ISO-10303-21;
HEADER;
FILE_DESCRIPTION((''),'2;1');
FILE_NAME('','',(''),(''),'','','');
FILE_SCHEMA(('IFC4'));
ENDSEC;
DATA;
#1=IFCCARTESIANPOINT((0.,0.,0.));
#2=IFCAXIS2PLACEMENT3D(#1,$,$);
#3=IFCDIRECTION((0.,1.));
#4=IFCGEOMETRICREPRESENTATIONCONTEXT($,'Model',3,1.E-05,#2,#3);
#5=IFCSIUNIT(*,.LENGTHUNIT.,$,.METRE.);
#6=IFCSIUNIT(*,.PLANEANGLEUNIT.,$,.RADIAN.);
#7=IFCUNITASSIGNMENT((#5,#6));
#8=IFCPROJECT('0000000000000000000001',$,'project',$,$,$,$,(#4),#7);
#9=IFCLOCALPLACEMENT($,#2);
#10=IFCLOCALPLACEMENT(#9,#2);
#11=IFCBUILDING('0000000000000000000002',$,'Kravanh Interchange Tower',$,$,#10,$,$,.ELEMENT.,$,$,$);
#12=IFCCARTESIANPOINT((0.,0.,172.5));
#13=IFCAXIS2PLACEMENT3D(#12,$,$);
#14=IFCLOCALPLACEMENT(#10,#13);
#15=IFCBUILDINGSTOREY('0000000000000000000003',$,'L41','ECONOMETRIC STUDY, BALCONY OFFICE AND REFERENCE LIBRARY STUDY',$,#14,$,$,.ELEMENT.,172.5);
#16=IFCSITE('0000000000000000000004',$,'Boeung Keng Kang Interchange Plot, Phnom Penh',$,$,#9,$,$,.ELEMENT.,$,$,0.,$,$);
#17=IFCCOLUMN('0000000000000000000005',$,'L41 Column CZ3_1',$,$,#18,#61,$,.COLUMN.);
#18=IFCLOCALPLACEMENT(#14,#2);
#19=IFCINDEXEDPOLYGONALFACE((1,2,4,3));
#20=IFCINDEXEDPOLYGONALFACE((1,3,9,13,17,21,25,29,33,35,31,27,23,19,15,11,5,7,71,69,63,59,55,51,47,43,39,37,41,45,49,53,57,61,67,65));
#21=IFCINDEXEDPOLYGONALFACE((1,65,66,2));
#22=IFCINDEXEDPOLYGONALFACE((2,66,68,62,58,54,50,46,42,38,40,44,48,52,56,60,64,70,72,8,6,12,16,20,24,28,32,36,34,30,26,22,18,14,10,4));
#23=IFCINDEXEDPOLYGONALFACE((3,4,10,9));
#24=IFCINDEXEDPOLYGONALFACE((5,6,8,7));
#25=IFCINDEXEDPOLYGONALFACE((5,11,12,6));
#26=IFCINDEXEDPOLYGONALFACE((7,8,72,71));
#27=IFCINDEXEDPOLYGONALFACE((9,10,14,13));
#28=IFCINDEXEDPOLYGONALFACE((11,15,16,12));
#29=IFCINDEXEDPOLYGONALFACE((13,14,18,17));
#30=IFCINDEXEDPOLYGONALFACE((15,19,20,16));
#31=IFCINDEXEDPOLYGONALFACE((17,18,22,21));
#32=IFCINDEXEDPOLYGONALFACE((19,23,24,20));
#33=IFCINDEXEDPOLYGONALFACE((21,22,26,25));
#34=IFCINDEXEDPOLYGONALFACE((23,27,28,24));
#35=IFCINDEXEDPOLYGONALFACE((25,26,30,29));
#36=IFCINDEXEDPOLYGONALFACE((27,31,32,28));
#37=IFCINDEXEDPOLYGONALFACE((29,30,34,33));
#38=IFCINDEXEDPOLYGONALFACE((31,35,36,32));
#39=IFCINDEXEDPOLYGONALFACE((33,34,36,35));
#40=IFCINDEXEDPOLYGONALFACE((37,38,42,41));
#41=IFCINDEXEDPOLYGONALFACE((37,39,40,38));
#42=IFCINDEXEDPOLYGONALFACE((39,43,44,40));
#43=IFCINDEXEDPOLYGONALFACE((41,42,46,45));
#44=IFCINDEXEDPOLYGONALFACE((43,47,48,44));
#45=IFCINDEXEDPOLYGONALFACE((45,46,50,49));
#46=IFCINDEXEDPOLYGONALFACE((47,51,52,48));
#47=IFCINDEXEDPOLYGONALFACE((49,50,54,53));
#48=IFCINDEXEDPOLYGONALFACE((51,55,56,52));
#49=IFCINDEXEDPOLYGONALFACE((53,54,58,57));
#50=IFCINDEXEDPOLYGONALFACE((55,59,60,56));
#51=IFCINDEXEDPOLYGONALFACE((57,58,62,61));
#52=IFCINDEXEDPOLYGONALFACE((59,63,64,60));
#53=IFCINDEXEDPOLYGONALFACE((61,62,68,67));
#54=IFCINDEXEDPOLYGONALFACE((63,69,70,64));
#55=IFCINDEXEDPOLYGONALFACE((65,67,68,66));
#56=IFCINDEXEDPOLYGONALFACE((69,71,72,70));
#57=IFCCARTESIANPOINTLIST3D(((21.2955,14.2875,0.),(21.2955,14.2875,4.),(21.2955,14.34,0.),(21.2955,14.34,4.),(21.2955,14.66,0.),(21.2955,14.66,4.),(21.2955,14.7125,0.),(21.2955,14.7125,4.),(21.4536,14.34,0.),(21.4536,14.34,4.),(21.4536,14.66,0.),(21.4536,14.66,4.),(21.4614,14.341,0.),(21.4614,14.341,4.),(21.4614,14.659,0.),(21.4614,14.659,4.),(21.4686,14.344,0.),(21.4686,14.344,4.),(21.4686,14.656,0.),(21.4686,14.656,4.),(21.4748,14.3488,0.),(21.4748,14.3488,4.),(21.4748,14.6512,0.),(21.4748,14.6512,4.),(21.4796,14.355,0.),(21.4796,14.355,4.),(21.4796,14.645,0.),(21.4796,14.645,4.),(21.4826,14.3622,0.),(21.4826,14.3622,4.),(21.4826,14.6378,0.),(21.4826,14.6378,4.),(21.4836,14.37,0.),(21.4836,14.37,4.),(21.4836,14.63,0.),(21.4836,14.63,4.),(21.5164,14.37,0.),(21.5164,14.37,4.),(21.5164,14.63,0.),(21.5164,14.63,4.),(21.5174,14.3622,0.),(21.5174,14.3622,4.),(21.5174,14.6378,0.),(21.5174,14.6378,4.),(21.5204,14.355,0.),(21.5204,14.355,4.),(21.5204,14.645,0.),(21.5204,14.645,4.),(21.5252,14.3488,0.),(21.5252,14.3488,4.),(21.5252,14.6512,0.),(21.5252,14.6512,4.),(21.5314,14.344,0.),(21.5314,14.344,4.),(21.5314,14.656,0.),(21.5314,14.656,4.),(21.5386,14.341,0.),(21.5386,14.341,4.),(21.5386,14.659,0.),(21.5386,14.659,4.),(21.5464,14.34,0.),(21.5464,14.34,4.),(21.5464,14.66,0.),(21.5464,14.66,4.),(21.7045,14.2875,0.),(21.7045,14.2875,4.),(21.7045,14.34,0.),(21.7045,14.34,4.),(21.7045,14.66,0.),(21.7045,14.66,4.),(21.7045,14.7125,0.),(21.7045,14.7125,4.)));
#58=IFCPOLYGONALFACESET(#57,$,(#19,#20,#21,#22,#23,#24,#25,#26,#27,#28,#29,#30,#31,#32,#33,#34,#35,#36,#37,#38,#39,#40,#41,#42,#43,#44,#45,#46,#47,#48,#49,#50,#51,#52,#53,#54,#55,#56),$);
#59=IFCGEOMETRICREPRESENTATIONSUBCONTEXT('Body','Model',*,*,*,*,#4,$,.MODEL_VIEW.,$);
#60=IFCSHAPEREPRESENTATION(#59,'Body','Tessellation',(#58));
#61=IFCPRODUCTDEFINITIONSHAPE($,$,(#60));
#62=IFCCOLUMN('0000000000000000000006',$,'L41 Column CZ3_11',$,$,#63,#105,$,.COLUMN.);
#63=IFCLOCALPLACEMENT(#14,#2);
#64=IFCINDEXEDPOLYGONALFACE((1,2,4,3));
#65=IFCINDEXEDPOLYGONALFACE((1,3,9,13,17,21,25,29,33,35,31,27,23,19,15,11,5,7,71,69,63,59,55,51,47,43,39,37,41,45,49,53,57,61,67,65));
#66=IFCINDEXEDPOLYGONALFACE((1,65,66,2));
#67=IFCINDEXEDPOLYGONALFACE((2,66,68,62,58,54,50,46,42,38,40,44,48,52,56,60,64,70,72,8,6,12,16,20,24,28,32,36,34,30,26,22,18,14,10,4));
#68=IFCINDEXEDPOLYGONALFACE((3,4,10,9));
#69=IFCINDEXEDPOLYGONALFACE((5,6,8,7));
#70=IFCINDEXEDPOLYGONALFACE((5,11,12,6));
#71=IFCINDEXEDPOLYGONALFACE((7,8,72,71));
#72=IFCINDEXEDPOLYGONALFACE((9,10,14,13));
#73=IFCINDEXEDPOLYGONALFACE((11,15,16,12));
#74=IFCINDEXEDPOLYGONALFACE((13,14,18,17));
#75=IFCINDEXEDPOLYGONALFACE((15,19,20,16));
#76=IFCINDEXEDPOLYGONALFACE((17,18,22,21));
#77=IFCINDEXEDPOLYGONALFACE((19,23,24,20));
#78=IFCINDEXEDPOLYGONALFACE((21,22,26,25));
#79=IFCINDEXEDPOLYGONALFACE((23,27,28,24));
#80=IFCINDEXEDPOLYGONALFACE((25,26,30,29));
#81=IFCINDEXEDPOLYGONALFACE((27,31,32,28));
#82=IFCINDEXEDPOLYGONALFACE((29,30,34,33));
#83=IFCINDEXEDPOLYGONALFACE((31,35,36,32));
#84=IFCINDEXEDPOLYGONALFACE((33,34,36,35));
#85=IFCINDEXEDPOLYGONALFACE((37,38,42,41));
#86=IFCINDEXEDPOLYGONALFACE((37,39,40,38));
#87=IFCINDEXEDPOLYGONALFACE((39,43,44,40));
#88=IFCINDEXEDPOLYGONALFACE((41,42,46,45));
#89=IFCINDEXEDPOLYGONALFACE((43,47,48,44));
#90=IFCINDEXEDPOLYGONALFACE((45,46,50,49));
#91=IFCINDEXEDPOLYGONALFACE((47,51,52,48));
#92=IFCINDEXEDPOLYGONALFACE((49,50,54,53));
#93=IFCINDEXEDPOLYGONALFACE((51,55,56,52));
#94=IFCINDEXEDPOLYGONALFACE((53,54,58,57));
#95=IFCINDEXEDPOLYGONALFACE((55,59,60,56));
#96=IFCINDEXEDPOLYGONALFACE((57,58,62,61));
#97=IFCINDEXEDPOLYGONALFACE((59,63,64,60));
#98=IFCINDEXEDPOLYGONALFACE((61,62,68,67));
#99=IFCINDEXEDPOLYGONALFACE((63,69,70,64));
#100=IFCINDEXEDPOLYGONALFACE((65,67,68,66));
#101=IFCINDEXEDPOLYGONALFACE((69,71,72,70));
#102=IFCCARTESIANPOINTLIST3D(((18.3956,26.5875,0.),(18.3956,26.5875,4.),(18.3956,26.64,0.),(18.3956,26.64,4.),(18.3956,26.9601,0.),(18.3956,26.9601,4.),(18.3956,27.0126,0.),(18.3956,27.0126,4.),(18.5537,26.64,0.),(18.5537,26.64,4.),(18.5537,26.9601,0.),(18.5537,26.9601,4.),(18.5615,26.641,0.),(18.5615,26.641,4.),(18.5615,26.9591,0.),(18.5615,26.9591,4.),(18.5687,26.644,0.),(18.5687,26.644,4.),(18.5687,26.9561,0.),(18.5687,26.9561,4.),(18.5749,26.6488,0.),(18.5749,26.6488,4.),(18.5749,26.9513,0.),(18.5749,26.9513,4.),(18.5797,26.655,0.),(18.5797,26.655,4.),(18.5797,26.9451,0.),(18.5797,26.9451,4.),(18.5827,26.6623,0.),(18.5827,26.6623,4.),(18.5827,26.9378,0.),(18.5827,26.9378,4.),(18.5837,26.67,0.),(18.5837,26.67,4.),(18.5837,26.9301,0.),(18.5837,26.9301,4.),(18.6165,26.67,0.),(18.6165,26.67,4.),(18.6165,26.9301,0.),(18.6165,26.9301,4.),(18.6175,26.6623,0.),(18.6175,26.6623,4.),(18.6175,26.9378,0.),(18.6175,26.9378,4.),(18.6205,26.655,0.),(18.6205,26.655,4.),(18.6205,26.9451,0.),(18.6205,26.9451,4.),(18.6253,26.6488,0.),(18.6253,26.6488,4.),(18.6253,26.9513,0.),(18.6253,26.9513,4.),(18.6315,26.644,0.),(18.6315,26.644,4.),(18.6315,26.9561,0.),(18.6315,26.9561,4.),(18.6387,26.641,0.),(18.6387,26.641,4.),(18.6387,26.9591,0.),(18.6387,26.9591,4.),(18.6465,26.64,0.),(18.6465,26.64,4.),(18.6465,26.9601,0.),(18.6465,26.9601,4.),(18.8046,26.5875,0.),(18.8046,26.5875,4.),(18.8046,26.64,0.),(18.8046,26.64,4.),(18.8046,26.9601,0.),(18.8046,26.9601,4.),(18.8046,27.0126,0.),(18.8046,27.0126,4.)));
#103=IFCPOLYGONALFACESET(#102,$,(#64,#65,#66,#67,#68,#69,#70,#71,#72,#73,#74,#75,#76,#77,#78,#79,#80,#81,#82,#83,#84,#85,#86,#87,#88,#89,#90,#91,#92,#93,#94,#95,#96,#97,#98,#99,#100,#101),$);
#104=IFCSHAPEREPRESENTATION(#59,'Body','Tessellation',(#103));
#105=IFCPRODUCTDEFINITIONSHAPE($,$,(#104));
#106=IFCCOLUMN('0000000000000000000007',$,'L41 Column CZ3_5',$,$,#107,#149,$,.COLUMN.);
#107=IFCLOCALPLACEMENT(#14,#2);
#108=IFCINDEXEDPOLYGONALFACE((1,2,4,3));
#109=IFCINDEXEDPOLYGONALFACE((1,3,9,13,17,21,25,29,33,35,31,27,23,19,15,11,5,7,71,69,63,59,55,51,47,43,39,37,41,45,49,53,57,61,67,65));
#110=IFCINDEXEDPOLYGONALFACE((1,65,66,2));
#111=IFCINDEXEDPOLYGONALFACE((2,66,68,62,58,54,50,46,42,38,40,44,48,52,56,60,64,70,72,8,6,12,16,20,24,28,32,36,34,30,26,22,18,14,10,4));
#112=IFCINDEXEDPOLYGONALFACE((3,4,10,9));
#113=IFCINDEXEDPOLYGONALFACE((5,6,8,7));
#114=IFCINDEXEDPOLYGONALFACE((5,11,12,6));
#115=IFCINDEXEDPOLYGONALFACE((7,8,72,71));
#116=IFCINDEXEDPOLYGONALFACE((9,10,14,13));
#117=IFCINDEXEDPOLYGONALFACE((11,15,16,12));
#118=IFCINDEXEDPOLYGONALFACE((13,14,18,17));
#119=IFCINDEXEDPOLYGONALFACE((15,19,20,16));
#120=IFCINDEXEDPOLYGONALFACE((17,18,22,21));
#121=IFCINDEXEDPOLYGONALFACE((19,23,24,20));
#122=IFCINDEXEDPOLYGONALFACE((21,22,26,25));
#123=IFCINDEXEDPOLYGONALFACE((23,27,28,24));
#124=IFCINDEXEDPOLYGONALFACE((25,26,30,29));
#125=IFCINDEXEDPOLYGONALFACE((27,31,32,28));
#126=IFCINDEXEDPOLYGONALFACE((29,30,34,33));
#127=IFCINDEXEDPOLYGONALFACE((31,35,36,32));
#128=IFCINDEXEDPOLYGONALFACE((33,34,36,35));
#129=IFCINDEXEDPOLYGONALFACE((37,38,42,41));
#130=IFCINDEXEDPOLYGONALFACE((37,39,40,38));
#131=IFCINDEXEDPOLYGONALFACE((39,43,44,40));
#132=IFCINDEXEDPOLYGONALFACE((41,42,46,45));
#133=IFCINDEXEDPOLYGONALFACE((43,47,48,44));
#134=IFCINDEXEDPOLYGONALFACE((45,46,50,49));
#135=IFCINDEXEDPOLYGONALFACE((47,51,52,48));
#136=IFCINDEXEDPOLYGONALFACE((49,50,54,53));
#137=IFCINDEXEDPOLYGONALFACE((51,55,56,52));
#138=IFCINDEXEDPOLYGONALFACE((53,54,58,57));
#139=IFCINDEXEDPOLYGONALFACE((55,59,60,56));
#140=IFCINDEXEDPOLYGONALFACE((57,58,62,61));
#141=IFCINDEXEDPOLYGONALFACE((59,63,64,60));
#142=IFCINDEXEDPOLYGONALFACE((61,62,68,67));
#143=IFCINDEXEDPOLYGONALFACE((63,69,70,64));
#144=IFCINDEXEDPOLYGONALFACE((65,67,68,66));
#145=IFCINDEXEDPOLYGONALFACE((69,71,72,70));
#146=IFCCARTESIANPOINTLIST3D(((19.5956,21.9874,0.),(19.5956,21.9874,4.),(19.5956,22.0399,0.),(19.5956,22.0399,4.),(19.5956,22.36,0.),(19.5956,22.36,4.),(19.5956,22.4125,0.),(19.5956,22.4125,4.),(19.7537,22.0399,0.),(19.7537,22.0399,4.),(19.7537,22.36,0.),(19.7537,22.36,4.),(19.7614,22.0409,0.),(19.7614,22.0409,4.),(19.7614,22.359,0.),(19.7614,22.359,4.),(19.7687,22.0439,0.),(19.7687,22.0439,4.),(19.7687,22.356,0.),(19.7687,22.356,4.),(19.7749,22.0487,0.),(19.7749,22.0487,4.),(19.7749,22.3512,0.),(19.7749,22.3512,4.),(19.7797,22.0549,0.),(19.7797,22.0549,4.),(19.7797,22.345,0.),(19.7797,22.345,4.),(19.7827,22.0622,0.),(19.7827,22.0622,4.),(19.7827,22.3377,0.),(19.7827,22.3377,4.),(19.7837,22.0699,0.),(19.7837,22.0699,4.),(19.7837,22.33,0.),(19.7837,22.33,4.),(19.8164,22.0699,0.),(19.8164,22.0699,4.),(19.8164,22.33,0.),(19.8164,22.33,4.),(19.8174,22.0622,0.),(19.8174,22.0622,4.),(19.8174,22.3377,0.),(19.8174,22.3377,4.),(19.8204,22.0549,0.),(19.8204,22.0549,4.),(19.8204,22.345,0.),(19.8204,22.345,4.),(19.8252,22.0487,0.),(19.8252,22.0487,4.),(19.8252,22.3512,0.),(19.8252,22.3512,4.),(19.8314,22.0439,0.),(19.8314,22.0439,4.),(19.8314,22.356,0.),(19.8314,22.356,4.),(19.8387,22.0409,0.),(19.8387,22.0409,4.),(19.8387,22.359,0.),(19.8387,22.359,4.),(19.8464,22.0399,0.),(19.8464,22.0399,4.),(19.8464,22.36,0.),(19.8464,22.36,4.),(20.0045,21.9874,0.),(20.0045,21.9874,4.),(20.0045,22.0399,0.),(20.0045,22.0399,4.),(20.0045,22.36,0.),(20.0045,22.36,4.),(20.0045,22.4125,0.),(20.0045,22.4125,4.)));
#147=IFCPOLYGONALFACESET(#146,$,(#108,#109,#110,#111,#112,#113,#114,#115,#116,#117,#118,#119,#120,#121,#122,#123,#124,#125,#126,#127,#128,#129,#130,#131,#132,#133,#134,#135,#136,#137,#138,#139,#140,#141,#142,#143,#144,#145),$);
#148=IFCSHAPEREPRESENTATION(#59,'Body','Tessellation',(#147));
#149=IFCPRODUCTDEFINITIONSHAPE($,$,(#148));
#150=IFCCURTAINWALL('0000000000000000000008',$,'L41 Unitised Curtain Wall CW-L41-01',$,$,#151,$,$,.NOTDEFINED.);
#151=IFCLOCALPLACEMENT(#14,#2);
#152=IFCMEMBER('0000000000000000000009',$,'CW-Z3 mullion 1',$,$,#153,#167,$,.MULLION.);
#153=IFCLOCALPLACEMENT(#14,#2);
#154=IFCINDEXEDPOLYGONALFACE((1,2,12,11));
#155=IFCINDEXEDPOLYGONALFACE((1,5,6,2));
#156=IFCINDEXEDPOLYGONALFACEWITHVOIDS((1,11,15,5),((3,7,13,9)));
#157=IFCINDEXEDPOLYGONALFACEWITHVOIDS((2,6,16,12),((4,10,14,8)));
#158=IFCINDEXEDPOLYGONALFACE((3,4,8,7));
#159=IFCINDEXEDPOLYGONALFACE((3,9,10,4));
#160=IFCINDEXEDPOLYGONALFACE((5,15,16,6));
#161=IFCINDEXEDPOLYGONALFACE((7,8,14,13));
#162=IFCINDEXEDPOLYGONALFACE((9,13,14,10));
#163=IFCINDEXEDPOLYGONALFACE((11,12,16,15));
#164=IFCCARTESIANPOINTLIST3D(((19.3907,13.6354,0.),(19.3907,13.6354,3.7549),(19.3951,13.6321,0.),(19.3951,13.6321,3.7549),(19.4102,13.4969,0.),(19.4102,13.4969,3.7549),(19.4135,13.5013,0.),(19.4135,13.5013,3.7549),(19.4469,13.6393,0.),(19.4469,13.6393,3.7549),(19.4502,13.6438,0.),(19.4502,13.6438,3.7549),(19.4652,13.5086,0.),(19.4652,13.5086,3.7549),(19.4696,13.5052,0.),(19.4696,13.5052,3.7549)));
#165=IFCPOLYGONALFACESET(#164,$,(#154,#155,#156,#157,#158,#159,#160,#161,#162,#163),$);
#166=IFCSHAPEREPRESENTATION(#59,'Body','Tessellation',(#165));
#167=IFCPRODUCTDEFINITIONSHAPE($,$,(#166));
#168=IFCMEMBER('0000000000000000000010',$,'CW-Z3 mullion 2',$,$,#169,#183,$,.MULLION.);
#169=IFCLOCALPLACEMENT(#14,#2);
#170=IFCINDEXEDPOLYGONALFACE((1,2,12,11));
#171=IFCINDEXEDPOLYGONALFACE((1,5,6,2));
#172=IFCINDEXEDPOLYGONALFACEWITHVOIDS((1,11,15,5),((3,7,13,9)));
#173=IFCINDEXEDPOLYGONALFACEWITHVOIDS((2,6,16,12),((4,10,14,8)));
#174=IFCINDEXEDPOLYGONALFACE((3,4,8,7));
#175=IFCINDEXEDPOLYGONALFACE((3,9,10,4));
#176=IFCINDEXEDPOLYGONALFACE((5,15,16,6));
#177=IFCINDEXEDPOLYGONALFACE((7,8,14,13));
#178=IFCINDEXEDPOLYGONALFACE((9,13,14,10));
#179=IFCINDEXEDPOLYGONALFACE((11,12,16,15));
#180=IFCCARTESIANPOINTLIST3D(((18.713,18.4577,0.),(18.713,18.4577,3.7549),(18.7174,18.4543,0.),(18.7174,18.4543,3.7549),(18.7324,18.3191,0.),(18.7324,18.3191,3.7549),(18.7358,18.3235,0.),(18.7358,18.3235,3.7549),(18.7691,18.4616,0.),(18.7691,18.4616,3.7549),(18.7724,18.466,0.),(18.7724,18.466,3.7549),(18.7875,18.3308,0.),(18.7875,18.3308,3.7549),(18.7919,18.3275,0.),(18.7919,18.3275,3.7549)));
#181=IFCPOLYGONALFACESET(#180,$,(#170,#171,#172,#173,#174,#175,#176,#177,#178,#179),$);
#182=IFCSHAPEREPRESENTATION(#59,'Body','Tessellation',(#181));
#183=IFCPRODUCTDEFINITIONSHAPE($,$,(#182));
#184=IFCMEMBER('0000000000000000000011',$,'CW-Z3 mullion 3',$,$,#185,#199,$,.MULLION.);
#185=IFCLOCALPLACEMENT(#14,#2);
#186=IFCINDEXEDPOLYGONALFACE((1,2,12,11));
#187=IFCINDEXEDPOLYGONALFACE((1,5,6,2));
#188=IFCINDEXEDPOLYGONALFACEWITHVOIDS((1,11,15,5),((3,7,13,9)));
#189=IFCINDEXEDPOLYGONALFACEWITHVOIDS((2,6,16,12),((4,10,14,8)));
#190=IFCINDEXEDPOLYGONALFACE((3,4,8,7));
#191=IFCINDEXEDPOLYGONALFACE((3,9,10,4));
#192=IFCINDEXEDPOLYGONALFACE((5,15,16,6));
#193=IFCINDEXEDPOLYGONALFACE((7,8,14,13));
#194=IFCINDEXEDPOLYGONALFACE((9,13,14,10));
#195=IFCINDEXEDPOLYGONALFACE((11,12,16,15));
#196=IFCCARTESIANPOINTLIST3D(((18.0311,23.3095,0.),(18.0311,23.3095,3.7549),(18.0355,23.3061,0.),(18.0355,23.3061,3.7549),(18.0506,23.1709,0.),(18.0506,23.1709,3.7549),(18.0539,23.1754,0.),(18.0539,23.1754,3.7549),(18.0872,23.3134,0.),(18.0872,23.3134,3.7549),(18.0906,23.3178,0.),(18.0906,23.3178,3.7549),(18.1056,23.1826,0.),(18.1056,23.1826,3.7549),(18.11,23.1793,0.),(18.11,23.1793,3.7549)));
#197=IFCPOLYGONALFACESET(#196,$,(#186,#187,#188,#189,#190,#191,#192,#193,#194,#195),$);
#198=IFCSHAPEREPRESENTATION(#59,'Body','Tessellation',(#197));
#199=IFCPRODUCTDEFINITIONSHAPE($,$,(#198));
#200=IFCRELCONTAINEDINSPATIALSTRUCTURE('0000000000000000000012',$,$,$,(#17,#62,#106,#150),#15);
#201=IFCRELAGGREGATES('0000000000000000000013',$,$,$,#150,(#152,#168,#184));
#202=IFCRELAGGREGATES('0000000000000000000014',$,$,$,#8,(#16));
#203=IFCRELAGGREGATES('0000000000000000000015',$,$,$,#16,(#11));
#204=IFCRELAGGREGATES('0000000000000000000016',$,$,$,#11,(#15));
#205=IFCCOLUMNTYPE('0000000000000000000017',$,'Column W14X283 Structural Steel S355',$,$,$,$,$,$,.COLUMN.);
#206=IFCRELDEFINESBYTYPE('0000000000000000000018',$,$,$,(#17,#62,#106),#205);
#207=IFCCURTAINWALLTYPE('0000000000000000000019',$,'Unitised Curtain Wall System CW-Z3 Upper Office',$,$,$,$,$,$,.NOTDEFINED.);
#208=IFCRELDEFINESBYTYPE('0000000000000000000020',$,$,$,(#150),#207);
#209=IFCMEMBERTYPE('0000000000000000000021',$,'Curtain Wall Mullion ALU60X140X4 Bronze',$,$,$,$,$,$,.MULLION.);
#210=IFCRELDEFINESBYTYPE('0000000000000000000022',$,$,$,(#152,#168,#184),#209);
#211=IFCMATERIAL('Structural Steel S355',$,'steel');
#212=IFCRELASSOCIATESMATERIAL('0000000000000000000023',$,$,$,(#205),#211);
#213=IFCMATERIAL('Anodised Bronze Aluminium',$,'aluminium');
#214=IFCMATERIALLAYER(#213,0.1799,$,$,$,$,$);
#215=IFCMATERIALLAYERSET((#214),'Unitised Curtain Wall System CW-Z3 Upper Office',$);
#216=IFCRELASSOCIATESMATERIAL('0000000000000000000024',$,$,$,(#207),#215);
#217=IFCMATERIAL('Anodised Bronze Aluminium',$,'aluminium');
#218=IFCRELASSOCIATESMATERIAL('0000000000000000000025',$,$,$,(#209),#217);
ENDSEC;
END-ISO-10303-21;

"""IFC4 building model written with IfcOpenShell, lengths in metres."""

from ifc_helpers import new_model, si_unit, direction, frame, origin, origin_2d, place, context, subcontext, project, spatial, hollow_rectangle, i_section, extrude, material, layer, layer_set, material_profile, profile_set, type_object, element, aggregate, save


model = new_model("IFC4")

# Units and contexts
model_context = context("Model", 3, precision=1e-05, world=origin(), true_north=direction((0.0, 1.0)))
body_context = subcontext(model_context, "Body", "Model", "MODEL_VIEW")
ifc_project = project(units=[si_unit("LENGTHUNIT", "METRE"), si_unit("PLANEANGLEUNIT", "RADIAN")], contexts=[model_context])

# Site, building, storey
site_placement = place(None, origin())
site = spatial("IfcSite", under=ifc_project, at=site_placement, Name="Boeung Keng Kang Interchange Plot, Phnom Penh", CompositionType="ELEMENT", RefElevation=0.0)
building_placement = place(site_placement, origin())
building = spatial("IfcBuilding", under=site, at=building_placement, Name="Kravanh Interchange Tower", CompositionType="ELEMENT")
storey_placement = place(building_placement, frame((0.0, 0.0, 172.5)))
storey = spatial("IfcBuildingStorey", under=building, at=storey_placement, Name="L41", Description="ECONOMETRIC STUDY, BALCONY OFFICE AND REFERENCE LIBRARY STUDY", CompositionType="ELEMENT", Elevation=172.5)

# Columns
ifc_material_1 = material(Name="Structural Steel S355", Category="steel")
ifc_material_profile_1 = material_profile(ifc_material_1, i_section(OverallWidth=0.4089, OverallDepth=0.425, WebThickness=0.0327, FlangeThickness=0.0525, FilletRadius=0.03, at=origin_2d()), Name="W14X283")
ifc_profile_set_1 = profile_set([ifc_material_profile_1], Name="Structural Steel S355")
column_type = type_object("IfcColumnType", Name="Column W14X283 Structural Steel S355", PredefinedType="COLUMN", material=ifc_profile_set_1)
for number, where, z_axis, x_axis, name in (
    (1, (21.5, 14.5, 0.0), (0.0, 0.0, 1.0), (1.0, 0.0, 0.0), "L41 Column CZ3_1"),
    (2, (18.6001, 26.8, 0.0), (0.0, 0.0, 1.0), (1.0, 0.0, 0.0), "L41 Column CZ3_11"),
    (3, (19.8, 22.2, 0.0), (0.0, 0.0, 1.0), (1.0, 0.0, 0.0), "L41 Column CZ3_5"),
):
    element("IfcColumn", number, at=place(storey_placement, frame(where, z_axis=z_axis, x_axis=x_axis)), inside=storey, type_object=column_type, Name=name, PredefinedType="COLUMN", context=body_context, shape_type="SweptSolid", body=[
        extrude(i_section(OverallWidth=0.4089, OverallDepth=0.425, WebThickness=0.0327, FlangeThickness=0.0525, FilletRadius=0.03, at=origin_2d()), origin(), (0.0, 0.0, 1.0), 4.0),
    ])

# Curtain wall, members
ifc_material_2 = material(Name="Anodised Bronze Aluminium", Category="aluminium")
ifc_layer_1 = layer(ifc_material_2, 0.1799)
ifc_layer_set_1 = layer_set([ifc_layer_1], Name="Unitised Curtain Wall System CW-Z3 Upper Office")
curtain_wall_type = type_object("IfcCurtainWallType", Name="Unitised Curtain Wall System CW-Z3 Upper Office", PredefinedType="NOTDEFINED", material=ifc_layer_set_1)
curtain_wall_1_placement = place(storey_placement, origin())
curtain_wall_1 = element("IfcCurtainWall", 4, at=curtain_wall_1_placement, inside=storey, type_object=curtain_wall_type, Name="L41 Unitised Curtain Wall CW-L41-01", PredefinedType="NOTDEFINED")
ifc_material_3 = material(Name="Anodised Bronze Aluminium", Category="aluminium")
ifc_material_profile_2 = material_profile(ifc_material_3, hollow_rectangle(XDim=0.0601, YDim=0.1399, WallThickness=0.0039, at=origin_2d()), Name="ALU60X140X4")
ifc_profile_set_2 = profile_set([ifc_material_profile_2], Name="Anodised Bronze Aluminium")
member_type_1 = type_object("IfcMemberType", Name="Curtain Wall Mullion ALU60X140X4 Bronze", PredefinedType="MULLION", material=ifc_profile_set_2)
member_1_placement = place(storey_placement, frame((19.4302, 13.5703, 0.0), z_axis=(0.0, 0.0, 1.0), x_axis=(-0.990268, -0.139172, 0.0)))
member_1 = element("IfcMember", 5, at=member_1_placement, type_object=member_type_1, Name="CW-Z3 mullion 1", PredefinedType="MULLION", context=body_context, shape_type="SweptSolid", body=[
    extrude(hollow_rectangle(XDim=0.0601, YDim=0.1399, WallThickness=0.0039, at=origin_2d()), origin(), (0.0, 0.0, 1.0), 3.7549),
])
member_2_placement = place(storey_placement, frame((18.7524, 18.3926, 0.0), z_axis=(0.0, 0.0, 1.0), x_axis=(-0.990268, -0.139172, 0.0)))
member_2 = element("IfcMember", 6, at=member_2_placement, type_object=member_type_1, Name="CW-Z3 mullion 2", PredefinedType="MULLION", context=body_context, shape_type="SweptSolid", body=[
    extrude(hollow_rectangle(XDim=0.0601, YDim=0.1399, WallThickness=0.0039, at=origin_2d()), origin(), (0.0, 0.0, 1.0), 3.7549),
])
member_3_placement = place(storey_placement, frame((18.0706, 23.2444, 0.0), z_axis=(0.0, 0.0, 1.0), x_axis=(-0.990268, -0.139172, 0.0)))
member_3 = element("IfcMember", 7, at=member_3_placement, type_object=member_type_1, Name="CW-Z3 mullion 3", PredefinedType="MULLION", context=body_context, shape_type="SweptSolid", body=[
    extrude(hollow_rectangle(XDim=0.0601, YDim=0.1399, WallThickness=0.0039, at=origin_2d()), origin(), (0.0, 0.0, 1.0), 3.7549),
])

aggregate(curtain_wall_1, [member_1, member_2, member_3])

save(model, "model.ifc")
